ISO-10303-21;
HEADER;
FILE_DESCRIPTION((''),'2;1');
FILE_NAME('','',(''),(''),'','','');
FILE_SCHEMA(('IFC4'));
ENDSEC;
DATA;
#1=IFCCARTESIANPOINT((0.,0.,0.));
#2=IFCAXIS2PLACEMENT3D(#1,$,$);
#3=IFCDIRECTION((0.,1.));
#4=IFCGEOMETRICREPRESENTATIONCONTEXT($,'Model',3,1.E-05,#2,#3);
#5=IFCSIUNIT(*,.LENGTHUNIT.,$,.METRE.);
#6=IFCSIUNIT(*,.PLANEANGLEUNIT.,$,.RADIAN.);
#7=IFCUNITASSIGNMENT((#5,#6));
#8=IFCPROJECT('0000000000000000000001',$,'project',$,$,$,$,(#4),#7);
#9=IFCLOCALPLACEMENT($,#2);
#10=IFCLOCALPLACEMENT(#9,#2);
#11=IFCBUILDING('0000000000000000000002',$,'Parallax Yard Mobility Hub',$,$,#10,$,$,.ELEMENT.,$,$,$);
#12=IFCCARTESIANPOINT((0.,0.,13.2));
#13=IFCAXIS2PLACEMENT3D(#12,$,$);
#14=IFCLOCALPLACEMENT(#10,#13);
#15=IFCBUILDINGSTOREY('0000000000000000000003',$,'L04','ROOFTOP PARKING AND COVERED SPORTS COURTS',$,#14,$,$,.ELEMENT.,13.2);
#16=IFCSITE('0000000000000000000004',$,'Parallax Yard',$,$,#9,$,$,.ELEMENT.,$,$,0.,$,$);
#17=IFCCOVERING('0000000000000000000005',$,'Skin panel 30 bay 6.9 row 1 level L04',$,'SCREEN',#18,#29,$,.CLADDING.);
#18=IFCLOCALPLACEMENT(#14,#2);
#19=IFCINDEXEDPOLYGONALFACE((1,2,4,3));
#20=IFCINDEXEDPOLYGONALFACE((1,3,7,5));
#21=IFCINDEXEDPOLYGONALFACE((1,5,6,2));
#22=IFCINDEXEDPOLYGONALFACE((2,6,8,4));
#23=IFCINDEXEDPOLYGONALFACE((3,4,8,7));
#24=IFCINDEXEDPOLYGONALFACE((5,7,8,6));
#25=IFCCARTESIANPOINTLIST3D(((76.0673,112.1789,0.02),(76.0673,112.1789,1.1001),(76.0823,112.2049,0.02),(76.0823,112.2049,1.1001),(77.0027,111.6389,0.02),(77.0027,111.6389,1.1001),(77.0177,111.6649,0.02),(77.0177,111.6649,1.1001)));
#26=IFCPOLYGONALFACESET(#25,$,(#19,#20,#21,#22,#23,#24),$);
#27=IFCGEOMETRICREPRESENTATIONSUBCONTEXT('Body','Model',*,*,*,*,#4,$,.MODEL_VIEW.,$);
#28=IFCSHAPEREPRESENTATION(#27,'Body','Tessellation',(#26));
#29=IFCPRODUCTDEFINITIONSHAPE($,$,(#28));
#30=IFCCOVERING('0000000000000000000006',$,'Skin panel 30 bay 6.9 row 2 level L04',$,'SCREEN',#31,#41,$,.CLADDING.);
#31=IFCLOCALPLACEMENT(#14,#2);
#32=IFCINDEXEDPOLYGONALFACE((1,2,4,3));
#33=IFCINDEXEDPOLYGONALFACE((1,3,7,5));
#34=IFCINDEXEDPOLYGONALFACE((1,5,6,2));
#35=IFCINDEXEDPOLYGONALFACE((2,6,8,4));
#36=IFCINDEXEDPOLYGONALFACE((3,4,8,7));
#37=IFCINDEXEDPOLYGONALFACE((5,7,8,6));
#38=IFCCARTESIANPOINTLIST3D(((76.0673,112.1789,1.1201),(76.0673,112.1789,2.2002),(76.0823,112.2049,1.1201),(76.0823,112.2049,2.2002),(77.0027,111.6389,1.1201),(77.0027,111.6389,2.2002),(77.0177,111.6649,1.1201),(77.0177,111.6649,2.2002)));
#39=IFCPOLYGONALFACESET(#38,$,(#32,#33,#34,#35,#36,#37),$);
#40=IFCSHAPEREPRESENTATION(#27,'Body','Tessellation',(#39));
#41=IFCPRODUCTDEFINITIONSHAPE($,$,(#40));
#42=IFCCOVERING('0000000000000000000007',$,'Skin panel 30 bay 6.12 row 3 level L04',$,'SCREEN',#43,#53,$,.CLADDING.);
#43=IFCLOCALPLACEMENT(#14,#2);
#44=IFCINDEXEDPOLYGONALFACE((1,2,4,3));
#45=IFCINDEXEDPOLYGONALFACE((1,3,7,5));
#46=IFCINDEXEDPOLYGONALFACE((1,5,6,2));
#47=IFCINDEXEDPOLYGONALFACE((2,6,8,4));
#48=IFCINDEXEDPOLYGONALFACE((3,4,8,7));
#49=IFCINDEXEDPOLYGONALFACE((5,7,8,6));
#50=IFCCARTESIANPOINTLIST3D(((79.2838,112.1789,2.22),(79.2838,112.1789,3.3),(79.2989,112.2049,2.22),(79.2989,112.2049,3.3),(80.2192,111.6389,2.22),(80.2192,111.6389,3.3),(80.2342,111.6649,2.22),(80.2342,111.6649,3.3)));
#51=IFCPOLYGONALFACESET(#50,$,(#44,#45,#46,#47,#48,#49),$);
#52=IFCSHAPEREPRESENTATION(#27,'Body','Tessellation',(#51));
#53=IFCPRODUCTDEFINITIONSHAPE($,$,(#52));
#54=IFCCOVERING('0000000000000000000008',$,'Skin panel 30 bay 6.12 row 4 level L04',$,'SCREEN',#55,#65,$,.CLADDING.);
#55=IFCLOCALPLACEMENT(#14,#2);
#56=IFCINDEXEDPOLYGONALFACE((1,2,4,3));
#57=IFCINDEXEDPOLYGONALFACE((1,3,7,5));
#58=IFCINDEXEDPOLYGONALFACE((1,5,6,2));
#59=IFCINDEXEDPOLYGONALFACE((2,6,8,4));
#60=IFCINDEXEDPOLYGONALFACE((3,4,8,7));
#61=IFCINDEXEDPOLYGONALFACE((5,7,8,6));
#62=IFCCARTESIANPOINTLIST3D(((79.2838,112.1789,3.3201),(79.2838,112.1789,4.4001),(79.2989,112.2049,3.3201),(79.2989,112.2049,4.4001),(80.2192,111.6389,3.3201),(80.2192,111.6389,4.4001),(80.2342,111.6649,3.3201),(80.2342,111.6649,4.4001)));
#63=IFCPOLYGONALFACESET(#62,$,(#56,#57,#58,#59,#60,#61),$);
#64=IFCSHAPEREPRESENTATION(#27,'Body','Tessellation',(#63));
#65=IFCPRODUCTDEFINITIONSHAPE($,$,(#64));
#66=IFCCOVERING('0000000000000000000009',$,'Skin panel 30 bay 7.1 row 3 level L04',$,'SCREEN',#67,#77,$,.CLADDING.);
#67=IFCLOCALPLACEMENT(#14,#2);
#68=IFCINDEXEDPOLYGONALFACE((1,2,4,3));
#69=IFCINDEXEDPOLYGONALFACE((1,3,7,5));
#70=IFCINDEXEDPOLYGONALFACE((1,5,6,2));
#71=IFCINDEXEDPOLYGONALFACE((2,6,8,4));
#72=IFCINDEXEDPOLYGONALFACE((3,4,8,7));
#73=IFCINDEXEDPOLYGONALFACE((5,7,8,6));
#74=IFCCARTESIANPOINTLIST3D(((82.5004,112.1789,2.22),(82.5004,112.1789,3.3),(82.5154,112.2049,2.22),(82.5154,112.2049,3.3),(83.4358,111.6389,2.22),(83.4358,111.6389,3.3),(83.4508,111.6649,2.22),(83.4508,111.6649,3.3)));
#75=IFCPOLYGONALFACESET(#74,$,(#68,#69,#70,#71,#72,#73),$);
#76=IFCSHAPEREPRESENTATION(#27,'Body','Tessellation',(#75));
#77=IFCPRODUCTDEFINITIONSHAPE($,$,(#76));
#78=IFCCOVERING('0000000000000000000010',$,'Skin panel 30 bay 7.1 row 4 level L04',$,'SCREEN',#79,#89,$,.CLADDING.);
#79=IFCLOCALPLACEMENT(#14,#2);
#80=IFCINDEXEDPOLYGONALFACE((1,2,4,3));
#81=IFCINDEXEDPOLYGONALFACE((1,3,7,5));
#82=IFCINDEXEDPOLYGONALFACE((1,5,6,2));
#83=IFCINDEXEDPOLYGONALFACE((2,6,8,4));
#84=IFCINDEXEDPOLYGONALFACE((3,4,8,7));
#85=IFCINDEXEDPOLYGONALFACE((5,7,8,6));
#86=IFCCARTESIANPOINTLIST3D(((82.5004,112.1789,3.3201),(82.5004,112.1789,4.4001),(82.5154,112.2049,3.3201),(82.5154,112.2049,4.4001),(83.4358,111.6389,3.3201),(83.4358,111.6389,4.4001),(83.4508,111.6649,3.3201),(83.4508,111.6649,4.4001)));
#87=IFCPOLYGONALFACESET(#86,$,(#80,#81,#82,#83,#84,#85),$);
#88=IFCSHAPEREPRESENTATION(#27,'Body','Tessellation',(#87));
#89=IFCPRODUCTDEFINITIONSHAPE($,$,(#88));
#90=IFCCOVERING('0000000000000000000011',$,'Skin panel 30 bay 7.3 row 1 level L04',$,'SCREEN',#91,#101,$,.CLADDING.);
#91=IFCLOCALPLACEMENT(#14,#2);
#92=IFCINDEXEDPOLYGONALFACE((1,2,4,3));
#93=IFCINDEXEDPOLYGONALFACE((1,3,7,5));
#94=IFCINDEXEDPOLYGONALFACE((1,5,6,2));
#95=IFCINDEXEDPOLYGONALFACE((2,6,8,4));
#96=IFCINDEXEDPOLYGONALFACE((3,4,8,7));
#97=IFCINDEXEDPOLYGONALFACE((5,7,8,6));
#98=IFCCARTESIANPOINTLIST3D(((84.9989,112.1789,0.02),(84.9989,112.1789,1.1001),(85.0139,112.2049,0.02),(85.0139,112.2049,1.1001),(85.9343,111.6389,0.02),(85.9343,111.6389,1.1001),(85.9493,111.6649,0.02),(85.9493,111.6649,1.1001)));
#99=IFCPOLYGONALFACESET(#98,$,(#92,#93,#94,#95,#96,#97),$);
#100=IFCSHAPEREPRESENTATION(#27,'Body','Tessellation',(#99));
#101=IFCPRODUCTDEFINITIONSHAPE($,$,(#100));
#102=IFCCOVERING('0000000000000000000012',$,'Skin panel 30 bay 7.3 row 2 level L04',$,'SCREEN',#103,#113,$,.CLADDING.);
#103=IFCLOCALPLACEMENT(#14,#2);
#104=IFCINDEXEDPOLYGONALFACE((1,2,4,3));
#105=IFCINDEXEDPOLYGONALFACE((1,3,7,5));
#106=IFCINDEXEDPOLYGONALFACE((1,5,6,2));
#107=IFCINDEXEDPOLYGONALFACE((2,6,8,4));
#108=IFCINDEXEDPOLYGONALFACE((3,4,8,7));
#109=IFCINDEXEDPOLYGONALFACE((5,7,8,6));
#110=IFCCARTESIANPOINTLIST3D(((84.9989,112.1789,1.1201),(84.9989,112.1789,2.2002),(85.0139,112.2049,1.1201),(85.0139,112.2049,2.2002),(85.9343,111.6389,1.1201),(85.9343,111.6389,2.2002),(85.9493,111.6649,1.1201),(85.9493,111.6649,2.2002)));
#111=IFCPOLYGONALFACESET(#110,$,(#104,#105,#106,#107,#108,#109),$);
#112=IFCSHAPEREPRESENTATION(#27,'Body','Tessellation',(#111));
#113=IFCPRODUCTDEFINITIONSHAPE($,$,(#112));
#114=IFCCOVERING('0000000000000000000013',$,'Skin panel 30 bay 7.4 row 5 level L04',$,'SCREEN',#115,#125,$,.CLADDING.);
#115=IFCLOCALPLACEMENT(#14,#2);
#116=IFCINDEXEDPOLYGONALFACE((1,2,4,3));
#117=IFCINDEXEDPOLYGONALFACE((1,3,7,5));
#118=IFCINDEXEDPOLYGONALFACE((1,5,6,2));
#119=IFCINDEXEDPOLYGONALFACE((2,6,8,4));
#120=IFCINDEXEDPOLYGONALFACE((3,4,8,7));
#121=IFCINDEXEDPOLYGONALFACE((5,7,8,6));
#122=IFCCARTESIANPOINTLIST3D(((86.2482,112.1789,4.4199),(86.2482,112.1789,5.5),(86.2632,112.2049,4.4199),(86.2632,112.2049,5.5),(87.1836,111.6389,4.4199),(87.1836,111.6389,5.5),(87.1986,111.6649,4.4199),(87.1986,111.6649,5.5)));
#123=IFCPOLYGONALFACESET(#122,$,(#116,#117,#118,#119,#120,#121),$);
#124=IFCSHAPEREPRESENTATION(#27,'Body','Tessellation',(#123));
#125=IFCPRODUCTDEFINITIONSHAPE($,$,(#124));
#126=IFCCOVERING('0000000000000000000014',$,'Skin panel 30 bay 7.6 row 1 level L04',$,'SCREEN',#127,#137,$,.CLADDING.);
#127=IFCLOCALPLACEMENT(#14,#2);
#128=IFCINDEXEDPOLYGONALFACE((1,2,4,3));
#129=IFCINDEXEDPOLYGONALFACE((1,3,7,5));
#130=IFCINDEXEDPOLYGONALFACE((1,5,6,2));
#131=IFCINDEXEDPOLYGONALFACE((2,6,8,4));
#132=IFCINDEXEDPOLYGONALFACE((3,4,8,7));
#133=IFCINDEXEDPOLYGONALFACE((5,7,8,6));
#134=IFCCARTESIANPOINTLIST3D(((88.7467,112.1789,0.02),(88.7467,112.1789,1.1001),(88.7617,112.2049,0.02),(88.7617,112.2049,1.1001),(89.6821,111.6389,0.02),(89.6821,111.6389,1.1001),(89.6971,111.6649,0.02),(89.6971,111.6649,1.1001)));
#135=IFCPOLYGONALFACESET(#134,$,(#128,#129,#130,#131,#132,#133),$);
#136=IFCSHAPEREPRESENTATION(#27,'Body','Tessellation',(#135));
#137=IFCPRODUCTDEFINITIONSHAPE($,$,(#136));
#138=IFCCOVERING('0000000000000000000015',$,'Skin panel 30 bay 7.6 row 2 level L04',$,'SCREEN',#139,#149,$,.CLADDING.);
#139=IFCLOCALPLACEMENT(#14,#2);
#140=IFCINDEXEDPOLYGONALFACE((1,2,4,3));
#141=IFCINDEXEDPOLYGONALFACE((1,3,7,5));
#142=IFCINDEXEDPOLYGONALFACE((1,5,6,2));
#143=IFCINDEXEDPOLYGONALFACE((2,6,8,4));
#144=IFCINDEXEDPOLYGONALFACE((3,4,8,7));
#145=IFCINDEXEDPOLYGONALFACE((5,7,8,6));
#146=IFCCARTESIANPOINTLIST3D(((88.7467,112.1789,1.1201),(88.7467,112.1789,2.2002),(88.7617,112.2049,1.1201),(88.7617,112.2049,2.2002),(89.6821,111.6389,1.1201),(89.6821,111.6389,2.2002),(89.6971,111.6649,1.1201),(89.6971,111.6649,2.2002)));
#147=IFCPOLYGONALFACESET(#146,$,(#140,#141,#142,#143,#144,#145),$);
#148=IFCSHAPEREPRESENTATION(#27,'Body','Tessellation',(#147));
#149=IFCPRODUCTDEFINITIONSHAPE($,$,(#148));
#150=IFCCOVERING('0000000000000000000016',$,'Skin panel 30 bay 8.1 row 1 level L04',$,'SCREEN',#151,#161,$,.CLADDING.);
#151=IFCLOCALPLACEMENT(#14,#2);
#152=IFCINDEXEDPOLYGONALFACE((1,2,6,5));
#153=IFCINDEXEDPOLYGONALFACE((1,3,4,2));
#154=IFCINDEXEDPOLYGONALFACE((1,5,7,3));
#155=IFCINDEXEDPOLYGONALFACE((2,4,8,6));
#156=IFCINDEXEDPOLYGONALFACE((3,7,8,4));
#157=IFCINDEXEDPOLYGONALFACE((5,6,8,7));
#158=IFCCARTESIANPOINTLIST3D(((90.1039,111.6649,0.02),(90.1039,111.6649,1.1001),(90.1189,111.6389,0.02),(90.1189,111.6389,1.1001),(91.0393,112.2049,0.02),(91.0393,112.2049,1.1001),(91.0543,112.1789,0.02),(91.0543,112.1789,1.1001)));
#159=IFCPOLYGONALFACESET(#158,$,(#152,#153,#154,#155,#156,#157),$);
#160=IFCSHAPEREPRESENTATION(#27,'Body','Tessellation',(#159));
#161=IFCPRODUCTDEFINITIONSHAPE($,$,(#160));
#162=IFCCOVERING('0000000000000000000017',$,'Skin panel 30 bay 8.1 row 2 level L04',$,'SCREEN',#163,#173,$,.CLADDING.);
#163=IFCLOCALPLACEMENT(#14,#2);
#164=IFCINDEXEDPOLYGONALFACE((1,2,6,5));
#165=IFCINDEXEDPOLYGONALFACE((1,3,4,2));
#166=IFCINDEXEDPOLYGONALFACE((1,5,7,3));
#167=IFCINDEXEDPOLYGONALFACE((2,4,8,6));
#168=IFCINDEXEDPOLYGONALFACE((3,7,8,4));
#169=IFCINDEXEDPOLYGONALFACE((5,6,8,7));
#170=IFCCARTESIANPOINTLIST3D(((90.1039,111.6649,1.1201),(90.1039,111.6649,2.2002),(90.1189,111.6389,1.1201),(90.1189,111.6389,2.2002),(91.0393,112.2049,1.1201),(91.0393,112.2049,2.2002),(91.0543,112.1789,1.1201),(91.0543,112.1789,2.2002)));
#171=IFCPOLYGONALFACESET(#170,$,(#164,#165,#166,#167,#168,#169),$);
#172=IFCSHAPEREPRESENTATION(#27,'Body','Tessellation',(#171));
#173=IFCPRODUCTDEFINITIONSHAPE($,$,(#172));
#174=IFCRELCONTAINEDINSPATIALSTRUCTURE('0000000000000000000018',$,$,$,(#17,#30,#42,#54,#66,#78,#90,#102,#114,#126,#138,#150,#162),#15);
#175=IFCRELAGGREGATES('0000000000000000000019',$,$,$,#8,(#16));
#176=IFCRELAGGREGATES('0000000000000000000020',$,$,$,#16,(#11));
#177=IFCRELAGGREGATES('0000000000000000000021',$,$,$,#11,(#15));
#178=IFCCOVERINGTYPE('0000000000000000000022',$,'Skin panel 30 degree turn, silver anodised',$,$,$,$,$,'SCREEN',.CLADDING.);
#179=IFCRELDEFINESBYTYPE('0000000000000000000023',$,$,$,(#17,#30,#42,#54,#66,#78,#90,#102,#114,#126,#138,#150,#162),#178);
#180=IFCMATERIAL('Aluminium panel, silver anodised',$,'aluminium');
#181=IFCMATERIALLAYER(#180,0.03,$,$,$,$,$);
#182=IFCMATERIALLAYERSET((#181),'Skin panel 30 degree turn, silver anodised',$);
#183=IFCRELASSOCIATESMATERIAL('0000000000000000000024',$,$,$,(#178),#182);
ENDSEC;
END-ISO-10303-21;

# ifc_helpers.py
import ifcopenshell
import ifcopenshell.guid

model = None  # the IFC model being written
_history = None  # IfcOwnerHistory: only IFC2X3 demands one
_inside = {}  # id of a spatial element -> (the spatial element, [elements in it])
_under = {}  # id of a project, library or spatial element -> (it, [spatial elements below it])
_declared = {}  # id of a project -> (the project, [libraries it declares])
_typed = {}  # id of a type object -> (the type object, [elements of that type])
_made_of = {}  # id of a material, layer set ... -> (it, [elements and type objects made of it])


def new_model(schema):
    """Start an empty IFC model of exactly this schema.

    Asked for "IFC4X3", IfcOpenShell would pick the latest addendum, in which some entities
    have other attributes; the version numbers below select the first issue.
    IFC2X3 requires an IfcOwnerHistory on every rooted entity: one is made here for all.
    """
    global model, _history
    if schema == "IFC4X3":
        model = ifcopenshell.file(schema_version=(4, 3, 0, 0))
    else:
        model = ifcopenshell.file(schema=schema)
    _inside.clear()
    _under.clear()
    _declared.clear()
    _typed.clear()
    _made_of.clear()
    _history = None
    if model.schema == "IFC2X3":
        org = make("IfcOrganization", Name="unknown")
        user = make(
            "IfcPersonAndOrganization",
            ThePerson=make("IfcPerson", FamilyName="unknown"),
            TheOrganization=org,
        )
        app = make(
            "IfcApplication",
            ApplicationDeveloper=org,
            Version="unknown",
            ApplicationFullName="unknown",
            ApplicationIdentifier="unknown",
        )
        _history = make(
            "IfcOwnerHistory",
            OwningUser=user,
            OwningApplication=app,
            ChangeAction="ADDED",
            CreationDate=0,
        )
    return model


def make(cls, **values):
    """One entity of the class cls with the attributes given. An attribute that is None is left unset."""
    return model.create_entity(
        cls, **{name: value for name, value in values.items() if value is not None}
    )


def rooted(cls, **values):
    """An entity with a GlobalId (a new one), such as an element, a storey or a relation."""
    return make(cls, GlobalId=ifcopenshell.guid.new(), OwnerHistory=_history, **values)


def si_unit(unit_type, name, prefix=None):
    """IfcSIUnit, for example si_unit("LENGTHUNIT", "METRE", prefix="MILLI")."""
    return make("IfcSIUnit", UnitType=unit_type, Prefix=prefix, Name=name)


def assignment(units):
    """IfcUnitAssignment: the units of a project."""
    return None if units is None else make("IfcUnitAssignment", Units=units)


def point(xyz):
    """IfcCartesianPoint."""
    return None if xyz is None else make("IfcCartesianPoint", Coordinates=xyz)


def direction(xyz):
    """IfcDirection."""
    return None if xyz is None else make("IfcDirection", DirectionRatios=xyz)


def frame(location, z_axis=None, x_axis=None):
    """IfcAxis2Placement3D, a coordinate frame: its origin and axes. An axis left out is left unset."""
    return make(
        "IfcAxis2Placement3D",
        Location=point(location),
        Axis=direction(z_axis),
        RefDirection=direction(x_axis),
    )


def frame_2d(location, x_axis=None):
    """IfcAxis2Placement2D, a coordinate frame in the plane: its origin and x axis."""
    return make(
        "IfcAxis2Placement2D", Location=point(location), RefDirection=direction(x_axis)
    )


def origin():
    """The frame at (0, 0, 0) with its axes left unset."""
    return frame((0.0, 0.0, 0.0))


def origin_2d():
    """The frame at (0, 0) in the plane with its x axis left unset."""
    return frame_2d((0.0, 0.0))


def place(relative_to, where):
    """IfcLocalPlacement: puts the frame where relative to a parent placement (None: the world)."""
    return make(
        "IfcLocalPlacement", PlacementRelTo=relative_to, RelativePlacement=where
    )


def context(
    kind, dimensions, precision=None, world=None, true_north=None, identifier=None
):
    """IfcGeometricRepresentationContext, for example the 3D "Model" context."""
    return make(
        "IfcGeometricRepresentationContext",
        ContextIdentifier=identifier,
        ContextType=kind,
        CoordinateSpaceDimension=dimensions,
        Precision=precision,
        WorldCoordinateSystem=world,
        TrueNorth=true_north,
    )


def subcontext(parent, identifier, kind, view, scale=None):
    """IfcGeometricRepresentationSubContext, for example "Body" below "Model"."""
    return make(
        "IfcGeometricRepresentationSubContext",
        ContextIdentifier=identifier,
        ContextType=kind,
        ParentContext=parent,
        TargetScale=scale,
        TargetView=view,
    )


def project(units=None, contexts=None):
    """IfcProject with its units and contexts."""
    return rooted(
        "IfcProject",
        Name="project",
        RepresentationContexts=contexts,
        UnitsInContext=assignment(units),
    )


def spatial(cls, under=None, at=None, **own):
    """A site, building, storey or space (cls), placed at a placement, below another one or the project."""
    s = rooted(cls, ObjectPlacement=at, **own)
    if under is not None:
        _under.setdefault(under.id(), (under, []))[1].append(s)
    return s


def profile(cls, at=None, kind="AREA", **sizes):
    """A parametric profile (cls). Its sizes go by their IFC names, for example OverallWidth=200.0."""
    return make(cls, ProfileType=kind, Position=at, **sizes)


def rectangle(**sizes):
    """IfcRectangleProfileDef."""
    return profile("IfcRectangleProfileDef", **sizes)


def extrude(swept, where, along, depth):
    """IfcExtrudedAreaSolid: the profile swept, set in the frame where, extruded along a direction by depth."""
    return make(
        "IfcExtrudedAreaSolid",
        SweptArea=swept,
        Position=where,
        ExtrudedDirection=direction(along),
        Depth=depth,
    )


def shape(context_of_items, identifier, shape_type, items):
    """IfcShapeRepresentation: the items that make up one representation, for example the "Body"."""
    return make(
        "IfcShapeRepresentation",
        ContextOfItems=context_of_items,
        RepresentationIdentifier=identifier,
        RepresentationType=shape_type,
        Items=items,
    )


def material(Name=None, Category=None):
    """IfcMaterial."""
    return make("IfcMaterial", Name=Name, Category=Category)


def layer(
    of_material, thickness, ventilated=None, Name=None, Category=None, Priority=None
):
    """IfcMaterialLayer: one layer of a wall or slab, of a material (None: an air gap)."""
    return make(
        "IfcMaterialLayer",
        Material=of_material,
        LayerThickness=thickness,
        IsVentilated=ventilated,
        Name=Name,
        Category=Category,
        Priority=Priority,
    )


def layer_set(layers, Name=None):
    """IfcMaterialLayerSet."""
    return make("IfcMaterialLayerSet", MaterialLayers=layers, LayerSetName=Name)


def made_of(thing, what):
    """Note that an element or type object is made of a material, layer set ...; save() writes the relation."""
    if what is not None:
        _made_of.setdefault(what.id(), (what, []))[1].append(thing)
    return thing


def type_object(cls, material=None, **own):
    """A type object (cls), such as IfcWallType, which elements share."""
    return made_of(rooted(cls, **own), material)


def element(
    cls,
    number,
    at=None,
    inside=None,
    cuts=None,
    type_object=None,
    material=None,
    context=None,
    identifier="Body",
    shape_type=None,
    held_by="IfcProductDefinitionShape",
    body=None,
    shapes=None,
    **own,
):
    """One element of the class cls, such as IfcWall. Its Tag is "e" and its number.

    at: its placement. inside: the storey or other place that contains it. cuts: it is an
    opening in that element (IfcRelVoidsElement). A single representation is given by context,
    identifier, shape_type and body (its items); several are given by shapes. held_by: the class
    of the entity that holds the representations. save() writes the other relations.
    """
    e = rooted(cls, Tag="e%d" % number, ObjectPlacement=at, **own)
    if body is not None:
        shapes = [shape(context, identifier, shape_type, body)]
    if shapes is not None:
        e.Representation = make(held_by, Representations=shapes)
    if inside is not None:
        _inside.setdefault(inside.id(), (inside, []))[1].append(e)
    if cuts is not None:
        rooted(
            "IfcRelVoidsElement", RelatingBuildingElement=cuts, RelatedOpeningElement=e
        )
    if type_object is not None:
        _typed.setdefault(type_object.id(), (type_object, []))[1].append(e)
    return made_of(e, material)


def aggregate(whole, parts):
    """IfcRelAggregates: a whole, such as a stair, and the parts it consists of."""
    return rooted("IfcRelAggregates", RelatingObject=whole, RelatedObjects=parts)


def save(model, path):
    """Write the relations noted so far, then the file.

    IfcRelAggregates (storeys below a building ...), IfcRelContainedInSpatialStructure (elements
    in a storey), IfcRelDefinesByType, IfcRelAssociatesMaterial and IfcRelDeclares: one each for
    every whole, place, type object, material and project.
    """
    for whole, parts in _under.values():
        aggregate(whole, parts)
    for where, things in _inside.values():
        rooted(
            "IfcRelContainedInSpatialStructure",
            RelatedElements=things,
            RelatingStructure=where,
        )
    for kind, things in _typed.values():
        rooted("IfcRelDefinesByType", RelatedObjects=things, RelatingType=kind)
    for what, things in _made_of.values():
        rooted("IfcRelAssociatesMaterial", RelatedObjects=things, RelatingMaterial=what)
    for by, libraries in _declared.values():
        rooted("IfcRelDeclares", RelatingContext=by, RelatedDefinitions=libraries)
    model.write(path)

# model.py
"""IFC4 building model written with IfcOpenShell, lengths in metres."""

from ifc_helpers import new_model, si_unit, direction, frame, origin, origin_2d, place, context, subcontext, project, spatial, rectangle, extrude, material, layer, layer_set, type_object, element, save


model = new_model("IFC4")

# Units and contexts
model_context = context("Model", 3, precision=1e-05, world=origin(), true_north=direction((0.0, 1.0)))
body_context = subcontext(model_context, "Body", "Model", "MODEL_VIEW")
ifc_project = project(units=[si_unit("LENGTHUNIT", "METRE"), si_unit("PLANEANGLEUNIT", "RADIAN")], contexts=[model_context])

# Site, building, storey
site_placement = place(None, origin())
site = spatial("IfcSite", under=ifc_project, at=site_placement, Name="Parallax Yard", CompositionType="ELEMENT", RefElevation=0.0)
building_placement = place(site_placement, origin())
building = spatial("IfcBuilding", under=site, at=building_placement, Name="Parallax Yard Mobility Hub", CompositionType="ELEMENT")
storey_placement = place(building_placement, frame((0.0, 0.0, 13.2)))
storey = spatial("IfcBuildingStorey", under=building, at=storey_placement, Name="L04", Description="ROOFTOP PARKING AND COVERED SPORTS COURTS", CompositionType="ELEMENT", Elevation=13.2)

# Coverings
ifc_material = material(Name="Aluminium panel, silver anodised", Category="aluminium")
ifc_layer_1 = layer(ifc_material, 0.03)
ifc_layer_set_1 = layer_set([ifc_layer_1], Name="Skin panel 30 degree turn, silver anodised")
covering_type_1 = type_object("IfcCoveringType", Name="Skin panel 30 degree turn, silver anodised", ElementType="SCREEN", PredefinedType="CLADDING", material=ifc_layer_set_1)
for number, where, z_axis, x_axis, name in (
    (1, (76.5425, 111.9219, 0.02), (0.0, 0.0, 1.0), (0.866025, -0.5, 0.0), "Skin panel 30 bay 6.9 row 1 level L04"),
    (2, (76.5425, 111.9219, 1.1201), (0.0, 0.0, 1.0), (0.866025, -0.5, 0.0), "Skin panel 30 bay 6.9 row 2 level L04"),
    (3, (79.759, 111.9219, 2.22), (0.0, 0.0, 1.0), (0.866025, -0.5, 0.0), "Skin panel 30 bay 6.12 row 3 level L04"),
    (4, (79.759, 111.9219, 3.3201), (0.0, 0.0, 1.0), (0.866025, -0.5, 0.0), "Skin panel 30 bay 6.12 row 4 level L04"),
    (5, (82.9756, 111.9219, 2.22), (0.0, 0.0, 1.0), (0.866025, -0.5, 0.0), "Skin panel 30 bay 7.1 row 3 level L04"),
    (6, (82.9756, 111.9219, 3.3201), (0.0, 0.0, 1.0), (0.866025, -0.5, 0.0), "Skin panel 30 bay 7.1 row 4 level L04"),
    (7, (85.4741, 111.9219, 0.02), (0.0, 0.0, 1.0), (0.866025, -0.5, 0.0), "Skin panel 30 bay 7.3 row 1 level L04"),
    (8, (85.4741, 111.9219, 1.1201), (0.0, 0.0, 1.0), (0.866025, -0.5, 0.0), "Skin panel 30 bay 7.3 row 2 level L04"),
    (9, (86.7234, 111.9219, 4.4199), (0.0, 0.0, 1.0), (0.866025, -0.5, 0.0), "Skin panel 30 bay 7.4 row 5 level L04"),
    (10, (89.2219, 111.9219, 0.02), (0.0, 0.0, 1.0), (0.866025, -0.5, 0.0), "Skin panel 30 bay 7.6 row 1 level L04"),
    (11, (89.2219, 111.9219, 1.1201), (0.0, 0.0, 1.0), (0.866025, -0.5, 0.0), "Skin panel 30 bay 7.6 row 2 level L04"),
    (12, (90.5791, 111.9219, 0.02), (0.0, 0.0, 1.0), (-0.866025, -0.5, 0.0), "Skin panel 30 bay 8.1 row 1 level L04"),
    (13, (90.5791, 111.9219, 1.1201), (0.0, 0.0, 1.0), (-0.866025, -0.5, 0.0), "Skin panel 30 bay 8.1 row 2 level L04"),
):
    element("IfcCovering", number, at=place(storey_placement, frame(where, z_axis=z_axis, x_axis=x_axis)), inside=storey, type_object=covering_type_1, Name=name, ObjectType="SCREEN", PredefinedType="CLADDING", context=body_context, shape_type="SweptSolid", body=[
        extrude(rectangle(XDim=1.0801, YDim=0.03, at=origin_2d()), origin(), (0.0, 0.0, 1.0), 1.0801),
    ])

save(model, "model.ifc")
